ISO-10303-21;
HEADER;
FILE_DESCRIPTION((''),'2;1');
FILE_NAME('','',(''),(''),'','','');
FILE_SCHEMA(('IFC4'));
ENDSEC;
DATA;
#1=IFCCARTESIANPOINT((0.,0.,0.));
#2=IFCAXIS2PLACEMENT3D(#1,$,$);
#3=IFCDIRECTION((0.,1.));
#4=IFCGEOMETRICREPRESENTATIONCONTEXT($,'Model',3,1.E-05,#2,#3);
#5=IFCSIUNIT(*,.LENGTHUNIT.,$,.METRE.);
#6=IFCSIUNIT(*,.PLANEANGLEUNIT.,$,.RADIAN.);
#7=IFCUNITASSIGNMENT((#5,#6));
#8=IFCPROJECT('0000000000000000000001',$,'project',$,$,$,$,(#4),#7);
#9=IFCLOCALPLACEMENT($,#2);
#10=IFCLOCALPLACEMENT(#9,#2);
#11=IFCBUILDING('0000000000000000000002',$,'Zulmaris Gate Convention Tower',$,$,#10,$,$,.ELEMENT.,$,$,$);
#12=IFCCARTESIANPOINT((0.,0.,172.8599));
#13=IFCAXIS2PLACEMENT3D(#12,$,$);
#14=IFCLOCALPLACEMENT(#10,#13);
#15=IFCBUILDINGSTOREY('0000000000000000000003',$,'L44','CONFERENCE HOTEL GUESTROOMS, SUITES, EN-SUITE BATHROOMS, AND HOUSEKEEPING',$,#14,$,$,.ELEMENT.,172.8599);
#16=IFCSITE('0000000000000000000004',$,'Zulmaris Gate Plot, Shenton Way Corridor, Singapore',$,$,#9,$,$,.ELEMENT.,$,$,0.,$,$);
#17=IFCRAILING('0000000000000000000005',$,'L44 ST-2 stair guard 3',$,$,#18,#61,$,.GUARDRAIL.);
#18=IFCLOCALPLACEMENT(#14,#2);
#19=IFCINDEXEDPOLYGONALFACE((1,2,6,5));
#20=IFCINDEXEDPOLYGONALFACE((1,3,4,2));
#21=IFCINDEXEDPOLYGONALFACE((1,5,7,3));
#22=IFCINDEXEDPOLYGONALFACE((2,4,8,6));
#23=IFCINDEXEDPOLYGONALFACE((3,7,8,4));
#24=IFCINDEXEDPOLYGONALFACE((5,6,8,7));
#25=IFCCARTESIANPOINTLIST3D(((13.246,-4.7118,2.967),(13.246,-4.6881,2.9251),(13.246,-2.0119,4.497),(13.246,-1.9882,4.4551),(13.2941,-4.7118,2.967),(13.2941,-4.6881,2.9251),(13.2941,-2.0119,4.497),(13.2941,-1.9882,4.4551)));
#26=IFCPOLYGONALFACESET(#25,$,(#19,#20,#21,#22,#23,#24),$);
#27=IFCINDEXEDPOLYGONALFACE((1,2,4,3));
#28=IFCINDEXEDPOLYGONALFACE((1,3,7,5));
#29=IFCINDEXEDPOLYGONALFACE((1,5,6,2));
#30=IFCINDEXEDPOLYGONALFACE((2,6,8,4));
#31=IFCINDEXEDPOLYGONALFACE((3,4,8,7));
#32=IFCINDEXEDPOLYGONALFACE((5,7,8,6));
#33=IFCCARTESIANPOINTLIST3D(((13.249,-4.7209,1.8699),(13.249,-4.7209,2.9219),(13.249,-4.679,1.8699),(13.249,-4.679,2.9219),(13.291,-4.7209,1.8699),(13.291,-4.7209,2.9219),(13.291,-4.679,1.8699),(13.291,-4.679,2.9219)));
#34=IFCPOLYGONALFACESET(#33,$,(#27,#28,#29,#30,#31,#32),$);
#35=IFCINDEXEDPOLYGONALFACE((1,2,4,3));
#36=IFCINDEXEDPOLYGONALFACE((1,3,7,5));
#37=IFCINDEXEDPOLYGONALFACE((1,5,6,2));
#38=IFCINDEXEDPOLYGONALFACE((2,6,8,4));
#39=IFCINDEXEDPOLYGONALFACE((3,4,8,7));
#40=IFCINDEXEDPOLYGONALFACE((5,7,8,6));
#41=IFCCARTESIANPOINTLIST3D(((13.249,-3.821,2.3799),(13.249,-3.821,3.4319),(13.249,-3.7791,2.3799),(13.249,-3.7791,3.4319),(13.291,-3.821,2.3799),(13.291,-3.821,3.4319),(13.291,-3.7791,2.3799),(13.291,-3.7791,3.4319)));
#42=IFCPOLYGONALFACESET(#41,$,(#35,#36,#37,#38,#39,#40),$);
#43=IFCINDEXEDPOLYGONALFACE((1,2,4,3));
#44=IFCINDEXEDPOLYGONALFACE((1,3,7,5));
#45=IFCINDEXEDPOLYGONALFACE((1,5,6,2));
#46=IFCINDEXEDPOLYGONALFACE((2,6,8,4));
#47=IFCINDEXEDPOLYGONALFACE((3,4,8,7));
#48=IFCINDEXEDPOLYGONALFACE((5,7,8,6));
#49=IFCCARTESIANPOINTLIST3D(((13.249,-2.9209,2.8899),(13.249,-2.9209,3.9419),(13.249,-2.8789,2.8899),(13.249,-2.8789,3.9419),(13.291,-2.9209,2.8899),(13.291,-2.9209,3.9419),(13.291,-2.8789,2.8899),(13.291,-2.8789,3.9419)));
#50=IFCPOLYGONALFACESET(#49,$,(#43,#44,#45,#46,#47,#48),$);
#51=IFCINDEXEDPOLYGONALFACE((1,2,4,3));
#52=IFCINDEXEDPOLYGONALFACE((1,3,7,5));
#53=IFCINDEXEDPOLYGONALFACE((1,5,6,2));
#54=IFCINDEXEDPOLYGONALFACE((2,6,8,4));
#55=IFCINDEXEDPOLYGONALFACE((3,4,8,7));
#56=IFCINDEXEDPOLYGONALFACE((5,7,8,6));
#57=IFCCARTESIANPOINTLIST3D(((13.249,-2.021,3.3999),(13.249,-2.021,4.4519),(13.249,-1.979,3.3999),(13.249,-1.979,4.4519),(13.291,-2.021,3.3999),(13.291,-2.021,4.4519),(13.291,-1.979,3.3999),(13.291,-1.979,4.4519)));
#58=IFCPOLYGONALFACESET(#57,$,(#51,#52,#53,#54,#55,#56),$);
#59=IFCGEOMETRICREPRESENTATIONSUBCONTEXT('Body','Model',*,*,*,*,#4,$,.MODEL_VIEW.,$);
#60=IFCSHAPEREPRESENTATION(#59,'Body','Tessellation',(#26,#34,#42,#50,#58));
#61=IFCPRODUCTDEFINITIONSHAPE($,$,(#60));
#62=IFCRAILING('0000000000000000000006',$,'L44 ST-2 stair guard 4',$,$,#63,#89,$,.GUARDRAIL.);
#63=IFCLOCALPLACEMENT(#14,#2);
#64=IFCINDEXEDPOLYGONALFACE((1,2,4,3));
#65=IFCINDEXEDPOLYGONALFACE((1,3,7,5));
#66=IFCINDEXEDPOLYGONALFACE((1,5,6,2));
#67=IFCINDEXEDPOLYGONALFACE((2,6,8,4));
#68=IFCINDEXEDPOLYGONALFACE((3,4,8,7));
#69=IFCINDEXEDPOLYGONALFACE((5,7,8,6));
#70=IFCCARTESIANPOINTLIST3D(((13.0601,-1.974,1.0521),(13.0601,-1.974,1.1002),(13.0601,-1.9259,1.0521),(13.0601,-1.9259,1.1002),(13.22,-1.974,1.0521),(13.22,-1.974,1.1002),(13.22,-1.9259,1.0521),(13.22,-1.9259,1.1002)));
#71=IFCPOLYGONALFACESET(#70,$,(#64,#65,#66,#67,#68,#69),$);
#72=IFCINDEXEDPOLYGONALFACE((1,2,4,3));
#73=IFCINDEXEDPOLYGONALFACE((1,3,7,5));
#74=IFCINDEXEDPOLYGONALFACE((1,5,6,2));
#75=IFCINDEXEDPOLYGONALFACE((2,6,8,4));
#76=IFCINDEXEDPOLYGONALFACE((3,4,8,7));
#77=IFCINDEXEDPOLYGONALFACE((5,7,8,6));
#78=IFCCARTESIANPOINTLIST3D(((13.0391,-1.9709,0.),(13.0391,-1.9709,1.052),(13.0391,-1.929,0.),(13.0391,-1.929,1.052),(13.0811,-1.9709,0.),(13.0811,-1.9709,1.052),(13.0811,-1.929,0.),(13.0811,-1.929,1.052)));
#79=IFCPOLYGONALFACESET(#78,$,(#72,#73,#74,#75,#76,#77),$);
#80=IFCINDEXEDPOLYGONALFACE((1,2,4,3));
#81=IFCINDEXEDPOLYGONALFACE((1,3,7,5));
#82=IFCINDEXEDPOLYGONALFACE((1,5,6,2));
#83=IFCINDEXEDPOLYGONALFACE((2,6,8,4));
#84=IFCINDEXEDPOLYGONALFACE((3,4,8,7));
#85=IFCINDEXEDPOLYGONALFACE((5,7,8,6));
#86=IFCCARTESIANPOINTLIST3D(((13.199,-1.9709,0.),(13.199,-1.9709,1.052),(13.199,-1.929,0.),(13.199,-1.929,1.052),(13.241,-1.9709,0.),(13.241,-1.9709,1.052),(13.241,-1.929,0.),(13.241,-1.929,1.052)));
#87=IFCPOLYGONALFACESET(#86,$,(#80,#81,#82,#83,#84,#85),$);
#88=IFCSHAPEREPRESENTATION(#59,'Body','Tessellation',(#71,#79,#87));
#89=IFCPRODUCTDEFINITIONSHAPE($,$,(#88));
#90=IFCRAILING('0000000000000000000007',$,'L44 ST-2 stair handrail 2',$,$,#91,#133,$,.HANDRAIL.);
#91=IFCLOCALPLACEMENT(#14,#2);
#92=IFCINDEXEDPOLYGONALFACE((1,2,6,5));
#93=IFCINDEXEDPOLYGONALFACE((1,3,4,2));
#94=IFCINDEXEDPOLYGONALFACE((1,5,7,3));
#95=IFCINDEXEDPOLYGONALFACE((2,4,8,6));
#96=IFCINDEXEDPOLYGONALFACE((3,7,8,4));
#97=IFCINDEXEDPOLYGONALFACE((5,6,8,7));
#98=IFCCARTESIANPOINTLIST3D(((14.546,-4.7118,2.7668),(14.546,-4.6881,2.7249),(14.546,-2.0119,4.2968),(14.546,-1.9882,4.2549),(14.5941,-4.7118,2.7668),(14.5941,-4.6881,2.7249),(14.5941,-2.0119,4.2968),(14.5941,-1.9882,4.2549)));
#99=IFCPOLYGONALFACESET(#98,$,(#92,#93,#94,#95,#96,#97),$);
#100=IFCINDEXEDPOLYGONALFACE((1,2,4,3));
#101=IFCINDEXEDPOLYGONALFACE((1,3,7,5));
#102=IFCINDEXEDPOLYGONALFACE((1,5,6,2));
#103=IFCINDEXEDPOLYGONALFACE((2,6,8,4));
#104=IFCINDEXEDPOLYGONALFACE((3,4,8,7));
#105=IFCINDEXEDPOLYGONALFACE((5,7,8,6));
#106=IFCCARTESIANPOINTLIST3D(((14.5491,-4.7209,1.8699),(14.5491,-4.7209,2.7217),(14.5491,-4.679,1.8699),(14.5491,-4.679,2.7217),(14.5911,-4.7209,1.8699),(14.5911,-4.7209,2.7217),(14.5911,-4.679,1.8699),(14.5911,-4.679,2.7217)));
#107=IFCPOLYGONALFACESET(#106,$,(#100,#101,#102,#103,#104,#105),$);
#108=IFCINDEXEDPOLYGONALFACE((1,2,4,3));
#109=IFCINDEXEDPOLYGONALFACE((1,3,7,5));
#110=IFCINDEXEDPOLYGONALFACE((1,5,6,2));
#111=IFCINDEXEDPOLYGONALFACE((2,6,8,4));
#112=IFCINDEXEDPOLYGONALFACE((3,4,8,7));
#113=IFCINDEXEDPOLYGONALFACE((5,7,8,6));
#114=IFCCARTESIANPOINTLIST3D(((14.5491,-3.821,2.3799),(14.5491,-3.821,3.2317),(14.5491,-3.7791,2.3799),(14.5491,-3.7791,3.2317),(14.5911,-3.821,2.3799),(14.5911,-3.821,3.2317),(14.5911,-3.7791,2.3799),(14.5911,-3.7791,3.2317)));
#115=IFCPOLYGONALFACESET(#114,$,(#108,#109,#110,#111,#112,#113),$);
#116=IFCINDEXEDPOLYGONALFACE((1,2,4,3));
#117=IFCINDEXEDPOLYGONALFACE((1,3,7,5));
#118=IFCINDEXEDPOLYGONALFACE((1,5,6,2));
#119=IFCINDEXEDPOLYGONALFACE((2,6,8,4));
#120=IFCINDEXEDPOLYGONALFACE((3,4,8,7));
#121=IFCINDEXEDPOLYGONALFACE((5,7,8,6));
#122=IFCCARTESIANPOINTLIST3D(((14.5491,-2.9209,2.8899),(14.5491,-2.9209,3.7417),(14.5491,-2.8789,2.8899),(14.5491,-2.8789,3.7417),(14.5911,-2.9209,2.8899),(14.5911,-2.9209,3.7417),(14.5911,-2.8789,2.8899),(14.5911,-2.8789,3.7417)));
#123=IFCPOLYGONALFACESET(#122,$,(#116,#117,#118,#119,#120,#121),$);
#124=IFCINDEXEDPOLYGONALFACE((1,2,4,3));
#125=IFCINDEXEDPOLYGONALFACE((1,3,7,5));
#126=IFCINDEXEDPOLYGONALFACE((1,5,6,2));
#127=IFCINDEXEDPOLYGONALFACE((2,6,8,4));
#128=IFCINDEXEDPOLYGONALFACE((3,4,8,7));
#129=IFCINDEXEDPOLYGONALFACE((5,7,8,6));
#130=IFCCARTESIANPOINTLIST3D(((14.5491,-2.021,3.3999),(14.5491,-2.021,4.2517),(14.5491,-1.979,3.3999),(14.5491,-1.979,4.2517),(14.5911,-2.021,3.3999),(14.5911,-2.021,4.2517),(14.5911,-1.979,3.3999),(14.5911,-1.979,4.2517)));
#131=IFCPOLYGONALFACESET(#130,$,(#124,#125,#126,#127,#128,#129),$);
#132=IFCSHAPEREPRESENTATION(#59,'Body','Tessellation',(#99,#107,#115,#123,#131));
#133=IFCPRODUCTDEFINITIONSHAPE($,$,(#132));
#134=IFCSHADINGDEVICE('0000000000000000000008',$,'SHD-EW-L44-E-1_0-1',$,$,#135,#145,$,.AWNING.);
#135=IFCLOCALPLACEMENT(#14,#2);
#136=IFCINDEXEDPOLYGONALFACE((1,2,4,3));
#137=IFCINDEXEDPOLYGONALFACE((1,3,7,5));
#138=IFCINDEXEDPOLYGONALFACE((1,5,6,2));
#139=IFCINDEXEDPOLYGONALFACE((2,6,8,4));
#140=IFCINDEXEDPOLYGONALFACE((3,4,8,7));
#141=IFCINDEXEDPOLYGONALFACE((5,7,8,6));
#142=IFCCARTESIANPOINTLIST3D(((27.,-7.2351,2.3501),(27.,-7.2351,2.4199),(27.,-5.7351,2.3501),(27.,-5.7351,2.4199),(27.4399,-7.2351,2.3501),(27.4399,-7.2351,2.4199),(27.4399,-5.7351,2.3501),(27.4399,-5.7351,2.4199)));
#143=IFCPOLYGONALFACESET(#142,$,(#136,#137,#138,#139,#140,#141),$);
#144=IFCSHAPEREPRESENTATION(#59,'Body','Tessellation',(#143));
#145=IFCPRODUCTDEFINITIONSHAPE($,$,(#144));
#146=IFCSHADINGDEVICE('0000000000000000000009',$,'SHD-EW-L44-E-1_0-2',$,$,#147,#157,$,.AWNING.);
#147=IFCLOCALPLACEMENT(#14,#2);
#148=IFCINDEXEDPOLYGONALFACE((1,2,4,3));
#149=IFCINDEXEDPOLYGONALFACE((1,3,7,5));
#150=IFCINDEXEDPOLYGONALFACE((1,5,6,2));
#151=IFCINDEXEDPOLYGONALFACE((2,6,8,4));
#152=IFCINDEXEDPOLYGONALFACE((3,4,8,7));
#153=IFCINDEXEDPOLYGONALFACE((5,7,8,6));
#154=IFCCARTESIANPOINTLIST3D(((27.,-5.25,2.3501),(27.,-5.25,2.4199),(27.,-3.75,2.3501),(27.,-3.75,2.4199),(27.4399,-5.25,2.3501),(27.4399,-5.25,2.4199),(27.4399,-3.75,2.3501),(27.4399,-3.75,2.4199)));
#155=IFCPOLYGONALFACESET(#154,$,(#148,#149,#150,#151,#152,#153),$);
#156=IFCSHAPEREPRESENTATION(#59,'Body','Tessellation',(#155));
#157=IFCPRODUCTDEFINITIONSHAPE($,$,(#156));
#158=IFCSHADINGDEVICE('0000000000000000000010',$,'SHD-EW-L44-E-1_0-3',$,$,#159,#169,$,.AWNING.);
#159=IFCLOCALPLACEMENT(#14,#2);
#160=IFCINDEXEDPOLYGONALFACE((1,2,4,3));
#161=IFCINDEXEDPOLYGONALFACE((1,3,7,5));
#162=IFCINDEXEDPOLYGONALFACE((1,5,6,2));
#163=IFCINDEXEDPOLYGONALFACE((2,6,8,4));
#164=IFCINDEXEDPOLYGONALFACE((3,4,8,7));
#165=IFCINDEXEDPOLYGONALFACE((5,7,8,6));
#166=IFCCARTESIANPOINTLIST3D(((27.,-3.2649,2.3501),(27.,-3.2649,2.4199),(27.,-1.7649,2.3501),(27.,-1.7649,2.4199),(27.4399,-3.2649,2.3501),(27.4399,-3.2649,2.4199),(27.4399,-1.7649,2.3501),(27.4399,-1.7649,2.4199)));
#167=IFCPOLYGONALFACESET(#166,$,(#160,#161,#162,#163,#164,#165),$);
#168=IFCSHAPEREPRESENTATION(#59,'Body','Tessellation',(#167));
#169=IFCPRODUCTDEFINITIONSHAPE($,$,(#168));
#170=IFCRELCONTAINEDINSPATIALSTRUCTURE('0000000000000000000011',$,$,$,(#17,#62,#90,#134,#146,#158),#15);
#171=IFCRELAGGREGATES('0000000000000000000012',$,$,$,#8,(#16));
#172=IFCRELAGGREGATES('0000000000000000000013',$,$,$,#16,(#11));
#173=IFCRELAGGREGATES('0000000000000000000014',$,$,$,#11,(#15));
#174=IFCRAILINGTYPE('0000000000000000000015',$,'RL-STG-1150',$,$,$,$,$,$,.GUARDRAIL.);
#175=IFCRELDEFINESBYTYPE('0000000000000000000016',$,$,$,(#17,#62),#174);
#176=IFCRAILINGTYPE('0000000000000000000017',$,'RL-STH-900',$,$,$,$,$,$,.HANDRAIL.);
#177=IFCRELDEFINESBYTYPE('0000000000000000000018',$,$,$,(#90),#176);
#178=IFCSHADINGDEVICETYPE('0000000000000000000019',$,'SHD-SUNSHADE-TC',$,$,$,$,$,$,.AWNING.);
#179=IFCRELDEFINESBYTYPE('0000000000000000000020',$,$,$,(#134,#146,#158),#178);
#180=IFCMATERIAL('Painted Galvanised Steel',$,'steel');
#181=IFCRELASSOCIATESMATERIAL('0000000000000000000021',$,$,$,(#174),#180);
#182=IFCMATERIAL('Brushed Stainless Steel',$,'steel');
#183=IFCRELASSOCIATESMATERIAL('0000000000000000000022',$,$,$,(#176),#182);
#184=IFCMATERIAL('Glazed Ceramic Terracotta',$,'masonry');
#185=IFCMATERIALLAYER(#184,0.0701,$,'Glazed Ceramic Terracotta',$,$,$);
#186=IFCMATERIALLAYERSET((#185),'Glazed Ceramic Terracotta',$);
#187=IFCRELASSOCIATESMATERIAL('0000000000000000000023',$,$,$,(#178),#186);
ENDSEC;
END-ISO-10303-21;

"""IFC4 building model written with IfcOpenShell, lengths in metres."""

from ifc_helpers import new_model, si_unit, direction, frame, frame_2d, origin, origin_2d, place, context, subcontext, project, spatial, rectangle, extrude, material, layer, layer_set, type_object, element, save


model = new_model("IFC4")

# Units and contexts
model_context = context("Model", 3, precision=1e-05, world=origin(), true_north=direction((0.0, 1.0)))
body_context = subcontext(model_context, "Body", "Model", "MODEL_VIEW")
ifc_project = project(units=[si_unit("LENGTHUNIT", "METRE"), si_unit("PLANEANGLEUNIT", "RADIAN")], contexts=[model_context])

# Site, building, storey
site_placement = place(None, origin())
site = spatial("IfcSite", under=ifc_project, at=site_placement, Name="Zulmaris Gate Plot, Shenton Way Corridor, Singapore", CompositionType="ELEMENT", RefElevation=0.0)
building_placement = place(site_placement, origin())
building = spatial("IfcBuilding", under=site, at=building_placement, Name="Zulmaris Gate Convention Tower", CompositionType="ELEMENT")
storey_placement = place(building_placement, frame((0.0, 0.0, 172.8599)))
storey = spatial("IfcBuildingStorey", under=building, at=storey_placement, Name="L44", Description="CONFERENCE HOTEL GUESTROOMS, SUITES, EN-SUITE BATHROOMS, AND HOUSEKEEPING", CompositionType="ELEMENT", Elevation=172.8599)

# Railings
ifc_material_1 = material(Name="Painted Galvanised Steel", Category="steel")
railing_type_1 = type_object("IfcRailingType", Name="RL-STG-1150", PredefinedType="GUARDRAIL", material=ifc_material_1)
railing_1_placement = place(storey_placement, frame((13.27, -4.7, 1.8699)))
element("IfcRailing", 1, at=railing_1_placement, inside=storey, type_object=railing_type_1, Name="L44 ST-2 stair guard 3", PredefinedType="GUARDRAIL", context=body_context, shape_type="SweptSolid", body=[
    extrude(rectangle(XDim=0.0481, YDim=0.0481, at=origin_2d()), frame((0.0, 0.0, 1.0762), z_axis=(0.0, 0.870014, 0.493026), x_axis=(-1.0, 0.0, 0.0)), (0.0, 0.0, 1.0), 3.1033),
    extrude(rectangle(XDim=0.042, YDim=0.042, at=origin_2d()), origin(), (0.0, 0.0, 1.0), 1.052),
    extrude(rectangle(XDim=0.042, YDim=0.042, at=origin_2d()), frame((0.0, 0.8999, 0.51)), (0.0, 0.0, 1.0), 1.052),
    extrude(rectangle(XDim=0.042, YDim=0.042, at=origin_2d()), frame((0.0, 1.8, 1.02)), (0.0, 0.0, 1.0), 1.052),
    extrude(rectangle(XDim=0.042, YDim=0.042, at=origin_2d()), frame((0.0, 2.7, 1.53)), (0.0, 0.0, 1.0), 1.052),
])
railing_2_placement = place(storey_placement, frame((13.0601, -1.95, 0.0)))
element("IfcRailing", 2, at=railing_2_placement, inside=storey, type_object=railing_type_1, Name="L44 ST-2 stair guard 4", PredefinedType="GUARDRAIL", context=body_context, shape_type="SweptSolid", body=[
    extrude(rectangle(XDim=0.0481, YDim=0.0481, at=origin_2d()), frame((0.0, 0.0, 1.0762), z_axis=(1.0, 0.0, 0.0), x_axis=(0.0, 1.0, 0.0)), (0.0, 0.0, 1.0), 0.1599),
    extrude(rectangle(XDim=0.042, YDim=0.042, at=origin_2d()), origin(), (0.0, 0.0, 1.0), 1.052),
    extrude(rectangle(XDim=0.042, YDim=0.042, at=origin_2d()), frame((0.1599, 0.0, 0.0)), (0.0, 0.0, 1.0), 1.052),
])
ifc_material_2 = material(Name="Brushed Stainless Steel", Category="steel")
railing_type_2 = type_object("IfcRailingType", Name="RL-STH-900", PredefinedType="HANDRAIL", material=ifc_material_2)
railing_3_placement = place(storey_placement, frame((14.5701, -4.7, 1.8699)))
element("IfcRailing", 3, at=railing_3_placement, inside=storey, type_object=railing_type_2, Name="L44 ST-2 stair handrail 2", PredefinedType="HANDRAIL", context=body_context, shape_type="SweptSolid", body=[
    extrude(rectangle(XDim=0.0481, YDim=0.0481, at=origin_2d()), frame((0.0, 0.0, 0.876), z_axis=(0.0, 0.870014, 0.493026), x_axis=(-1.0, 0.0, 0.0)), (0.0, 0.0, 1.0), 3.1033),
    extrude(rectangle(XDim=0.042, YDim=0.042, at=origin_2d()), origin(), (0.0, 0.0, 1.0), 0.8518),
    extrude(rectangle(XDim=0.042, YDim=0.042, at=origin_2d()), frame((0.0, 0.8999, 0.51)), (0.0, 0.0, 1.0), 0.8518),
    extrude(rectangle(XDim=0.042, YDim=0.042, at=origin_2d()), frame((0.0, 1.8, 1.02)), (0.0, 0.0, 1.0), 0.8518),
    extrude(rectangle(XDim=0.042, YDim=0.042, at=origin_2d()), frame((0.0, 2.7, 1.53)), (0.0, 0.0, 1.0), 0.8518),
])

# Shading devices
ifc_material_3 = material(Name="Glazed Ceramic Terracotta", Category="masonry")
ifc_layer_1 = layer(ifc_material_3, 0.0701, Name="Glazed Ceramic Terracotta")
ifc_layer_set_1 = layer_set([ifc_layer_1], Name="Glazed Ceramic Terracotta")
shading_device_type = type_object("IfcShadingDeviceType", Name="SHD-SUNSHADE-TC", PredefinedType="AWNING", material=ifc_layer_set_1)
for number, where, z_axis, x_axis, name in (
    (4, (27.22, -7.2351, 2.3501), (0.0, 0.0, 1.0), (0.0, 1.0, 0.0), "SHD-EW-L44-E-1_0-1"),
    (5, (27.22, -5.25, 2.3501), (0.0, 0.0, 1.0), (0.0, 1.0, 0.0), "SHD-EW-L44-E-1_0-2"),
    (6, (27.22, -3.2649, 2.3501), (0.0, 0.0, 1.0), (0.0, 1.0, 0.0), "SHD-EW-L44-E-1_0-3"),
):
    element("IfcShadingDevice", number, at=place(storey_placement, frame(where, z_axis=z_axis, x_axis=x_axis)), inside=storey, type_object=shading_device_type, Name=name, PredefinedType="AWNING", context=body_context, shape_type="SweptSolid", body=[
        extrude(rectangle(XDim=1.5, YDim=0.4399, at=frame_2d((0.75, 0.0))), origin(), (0.0, 0.0, 1.0), 0.0698),
    ])

save(model, "model.ifc")
